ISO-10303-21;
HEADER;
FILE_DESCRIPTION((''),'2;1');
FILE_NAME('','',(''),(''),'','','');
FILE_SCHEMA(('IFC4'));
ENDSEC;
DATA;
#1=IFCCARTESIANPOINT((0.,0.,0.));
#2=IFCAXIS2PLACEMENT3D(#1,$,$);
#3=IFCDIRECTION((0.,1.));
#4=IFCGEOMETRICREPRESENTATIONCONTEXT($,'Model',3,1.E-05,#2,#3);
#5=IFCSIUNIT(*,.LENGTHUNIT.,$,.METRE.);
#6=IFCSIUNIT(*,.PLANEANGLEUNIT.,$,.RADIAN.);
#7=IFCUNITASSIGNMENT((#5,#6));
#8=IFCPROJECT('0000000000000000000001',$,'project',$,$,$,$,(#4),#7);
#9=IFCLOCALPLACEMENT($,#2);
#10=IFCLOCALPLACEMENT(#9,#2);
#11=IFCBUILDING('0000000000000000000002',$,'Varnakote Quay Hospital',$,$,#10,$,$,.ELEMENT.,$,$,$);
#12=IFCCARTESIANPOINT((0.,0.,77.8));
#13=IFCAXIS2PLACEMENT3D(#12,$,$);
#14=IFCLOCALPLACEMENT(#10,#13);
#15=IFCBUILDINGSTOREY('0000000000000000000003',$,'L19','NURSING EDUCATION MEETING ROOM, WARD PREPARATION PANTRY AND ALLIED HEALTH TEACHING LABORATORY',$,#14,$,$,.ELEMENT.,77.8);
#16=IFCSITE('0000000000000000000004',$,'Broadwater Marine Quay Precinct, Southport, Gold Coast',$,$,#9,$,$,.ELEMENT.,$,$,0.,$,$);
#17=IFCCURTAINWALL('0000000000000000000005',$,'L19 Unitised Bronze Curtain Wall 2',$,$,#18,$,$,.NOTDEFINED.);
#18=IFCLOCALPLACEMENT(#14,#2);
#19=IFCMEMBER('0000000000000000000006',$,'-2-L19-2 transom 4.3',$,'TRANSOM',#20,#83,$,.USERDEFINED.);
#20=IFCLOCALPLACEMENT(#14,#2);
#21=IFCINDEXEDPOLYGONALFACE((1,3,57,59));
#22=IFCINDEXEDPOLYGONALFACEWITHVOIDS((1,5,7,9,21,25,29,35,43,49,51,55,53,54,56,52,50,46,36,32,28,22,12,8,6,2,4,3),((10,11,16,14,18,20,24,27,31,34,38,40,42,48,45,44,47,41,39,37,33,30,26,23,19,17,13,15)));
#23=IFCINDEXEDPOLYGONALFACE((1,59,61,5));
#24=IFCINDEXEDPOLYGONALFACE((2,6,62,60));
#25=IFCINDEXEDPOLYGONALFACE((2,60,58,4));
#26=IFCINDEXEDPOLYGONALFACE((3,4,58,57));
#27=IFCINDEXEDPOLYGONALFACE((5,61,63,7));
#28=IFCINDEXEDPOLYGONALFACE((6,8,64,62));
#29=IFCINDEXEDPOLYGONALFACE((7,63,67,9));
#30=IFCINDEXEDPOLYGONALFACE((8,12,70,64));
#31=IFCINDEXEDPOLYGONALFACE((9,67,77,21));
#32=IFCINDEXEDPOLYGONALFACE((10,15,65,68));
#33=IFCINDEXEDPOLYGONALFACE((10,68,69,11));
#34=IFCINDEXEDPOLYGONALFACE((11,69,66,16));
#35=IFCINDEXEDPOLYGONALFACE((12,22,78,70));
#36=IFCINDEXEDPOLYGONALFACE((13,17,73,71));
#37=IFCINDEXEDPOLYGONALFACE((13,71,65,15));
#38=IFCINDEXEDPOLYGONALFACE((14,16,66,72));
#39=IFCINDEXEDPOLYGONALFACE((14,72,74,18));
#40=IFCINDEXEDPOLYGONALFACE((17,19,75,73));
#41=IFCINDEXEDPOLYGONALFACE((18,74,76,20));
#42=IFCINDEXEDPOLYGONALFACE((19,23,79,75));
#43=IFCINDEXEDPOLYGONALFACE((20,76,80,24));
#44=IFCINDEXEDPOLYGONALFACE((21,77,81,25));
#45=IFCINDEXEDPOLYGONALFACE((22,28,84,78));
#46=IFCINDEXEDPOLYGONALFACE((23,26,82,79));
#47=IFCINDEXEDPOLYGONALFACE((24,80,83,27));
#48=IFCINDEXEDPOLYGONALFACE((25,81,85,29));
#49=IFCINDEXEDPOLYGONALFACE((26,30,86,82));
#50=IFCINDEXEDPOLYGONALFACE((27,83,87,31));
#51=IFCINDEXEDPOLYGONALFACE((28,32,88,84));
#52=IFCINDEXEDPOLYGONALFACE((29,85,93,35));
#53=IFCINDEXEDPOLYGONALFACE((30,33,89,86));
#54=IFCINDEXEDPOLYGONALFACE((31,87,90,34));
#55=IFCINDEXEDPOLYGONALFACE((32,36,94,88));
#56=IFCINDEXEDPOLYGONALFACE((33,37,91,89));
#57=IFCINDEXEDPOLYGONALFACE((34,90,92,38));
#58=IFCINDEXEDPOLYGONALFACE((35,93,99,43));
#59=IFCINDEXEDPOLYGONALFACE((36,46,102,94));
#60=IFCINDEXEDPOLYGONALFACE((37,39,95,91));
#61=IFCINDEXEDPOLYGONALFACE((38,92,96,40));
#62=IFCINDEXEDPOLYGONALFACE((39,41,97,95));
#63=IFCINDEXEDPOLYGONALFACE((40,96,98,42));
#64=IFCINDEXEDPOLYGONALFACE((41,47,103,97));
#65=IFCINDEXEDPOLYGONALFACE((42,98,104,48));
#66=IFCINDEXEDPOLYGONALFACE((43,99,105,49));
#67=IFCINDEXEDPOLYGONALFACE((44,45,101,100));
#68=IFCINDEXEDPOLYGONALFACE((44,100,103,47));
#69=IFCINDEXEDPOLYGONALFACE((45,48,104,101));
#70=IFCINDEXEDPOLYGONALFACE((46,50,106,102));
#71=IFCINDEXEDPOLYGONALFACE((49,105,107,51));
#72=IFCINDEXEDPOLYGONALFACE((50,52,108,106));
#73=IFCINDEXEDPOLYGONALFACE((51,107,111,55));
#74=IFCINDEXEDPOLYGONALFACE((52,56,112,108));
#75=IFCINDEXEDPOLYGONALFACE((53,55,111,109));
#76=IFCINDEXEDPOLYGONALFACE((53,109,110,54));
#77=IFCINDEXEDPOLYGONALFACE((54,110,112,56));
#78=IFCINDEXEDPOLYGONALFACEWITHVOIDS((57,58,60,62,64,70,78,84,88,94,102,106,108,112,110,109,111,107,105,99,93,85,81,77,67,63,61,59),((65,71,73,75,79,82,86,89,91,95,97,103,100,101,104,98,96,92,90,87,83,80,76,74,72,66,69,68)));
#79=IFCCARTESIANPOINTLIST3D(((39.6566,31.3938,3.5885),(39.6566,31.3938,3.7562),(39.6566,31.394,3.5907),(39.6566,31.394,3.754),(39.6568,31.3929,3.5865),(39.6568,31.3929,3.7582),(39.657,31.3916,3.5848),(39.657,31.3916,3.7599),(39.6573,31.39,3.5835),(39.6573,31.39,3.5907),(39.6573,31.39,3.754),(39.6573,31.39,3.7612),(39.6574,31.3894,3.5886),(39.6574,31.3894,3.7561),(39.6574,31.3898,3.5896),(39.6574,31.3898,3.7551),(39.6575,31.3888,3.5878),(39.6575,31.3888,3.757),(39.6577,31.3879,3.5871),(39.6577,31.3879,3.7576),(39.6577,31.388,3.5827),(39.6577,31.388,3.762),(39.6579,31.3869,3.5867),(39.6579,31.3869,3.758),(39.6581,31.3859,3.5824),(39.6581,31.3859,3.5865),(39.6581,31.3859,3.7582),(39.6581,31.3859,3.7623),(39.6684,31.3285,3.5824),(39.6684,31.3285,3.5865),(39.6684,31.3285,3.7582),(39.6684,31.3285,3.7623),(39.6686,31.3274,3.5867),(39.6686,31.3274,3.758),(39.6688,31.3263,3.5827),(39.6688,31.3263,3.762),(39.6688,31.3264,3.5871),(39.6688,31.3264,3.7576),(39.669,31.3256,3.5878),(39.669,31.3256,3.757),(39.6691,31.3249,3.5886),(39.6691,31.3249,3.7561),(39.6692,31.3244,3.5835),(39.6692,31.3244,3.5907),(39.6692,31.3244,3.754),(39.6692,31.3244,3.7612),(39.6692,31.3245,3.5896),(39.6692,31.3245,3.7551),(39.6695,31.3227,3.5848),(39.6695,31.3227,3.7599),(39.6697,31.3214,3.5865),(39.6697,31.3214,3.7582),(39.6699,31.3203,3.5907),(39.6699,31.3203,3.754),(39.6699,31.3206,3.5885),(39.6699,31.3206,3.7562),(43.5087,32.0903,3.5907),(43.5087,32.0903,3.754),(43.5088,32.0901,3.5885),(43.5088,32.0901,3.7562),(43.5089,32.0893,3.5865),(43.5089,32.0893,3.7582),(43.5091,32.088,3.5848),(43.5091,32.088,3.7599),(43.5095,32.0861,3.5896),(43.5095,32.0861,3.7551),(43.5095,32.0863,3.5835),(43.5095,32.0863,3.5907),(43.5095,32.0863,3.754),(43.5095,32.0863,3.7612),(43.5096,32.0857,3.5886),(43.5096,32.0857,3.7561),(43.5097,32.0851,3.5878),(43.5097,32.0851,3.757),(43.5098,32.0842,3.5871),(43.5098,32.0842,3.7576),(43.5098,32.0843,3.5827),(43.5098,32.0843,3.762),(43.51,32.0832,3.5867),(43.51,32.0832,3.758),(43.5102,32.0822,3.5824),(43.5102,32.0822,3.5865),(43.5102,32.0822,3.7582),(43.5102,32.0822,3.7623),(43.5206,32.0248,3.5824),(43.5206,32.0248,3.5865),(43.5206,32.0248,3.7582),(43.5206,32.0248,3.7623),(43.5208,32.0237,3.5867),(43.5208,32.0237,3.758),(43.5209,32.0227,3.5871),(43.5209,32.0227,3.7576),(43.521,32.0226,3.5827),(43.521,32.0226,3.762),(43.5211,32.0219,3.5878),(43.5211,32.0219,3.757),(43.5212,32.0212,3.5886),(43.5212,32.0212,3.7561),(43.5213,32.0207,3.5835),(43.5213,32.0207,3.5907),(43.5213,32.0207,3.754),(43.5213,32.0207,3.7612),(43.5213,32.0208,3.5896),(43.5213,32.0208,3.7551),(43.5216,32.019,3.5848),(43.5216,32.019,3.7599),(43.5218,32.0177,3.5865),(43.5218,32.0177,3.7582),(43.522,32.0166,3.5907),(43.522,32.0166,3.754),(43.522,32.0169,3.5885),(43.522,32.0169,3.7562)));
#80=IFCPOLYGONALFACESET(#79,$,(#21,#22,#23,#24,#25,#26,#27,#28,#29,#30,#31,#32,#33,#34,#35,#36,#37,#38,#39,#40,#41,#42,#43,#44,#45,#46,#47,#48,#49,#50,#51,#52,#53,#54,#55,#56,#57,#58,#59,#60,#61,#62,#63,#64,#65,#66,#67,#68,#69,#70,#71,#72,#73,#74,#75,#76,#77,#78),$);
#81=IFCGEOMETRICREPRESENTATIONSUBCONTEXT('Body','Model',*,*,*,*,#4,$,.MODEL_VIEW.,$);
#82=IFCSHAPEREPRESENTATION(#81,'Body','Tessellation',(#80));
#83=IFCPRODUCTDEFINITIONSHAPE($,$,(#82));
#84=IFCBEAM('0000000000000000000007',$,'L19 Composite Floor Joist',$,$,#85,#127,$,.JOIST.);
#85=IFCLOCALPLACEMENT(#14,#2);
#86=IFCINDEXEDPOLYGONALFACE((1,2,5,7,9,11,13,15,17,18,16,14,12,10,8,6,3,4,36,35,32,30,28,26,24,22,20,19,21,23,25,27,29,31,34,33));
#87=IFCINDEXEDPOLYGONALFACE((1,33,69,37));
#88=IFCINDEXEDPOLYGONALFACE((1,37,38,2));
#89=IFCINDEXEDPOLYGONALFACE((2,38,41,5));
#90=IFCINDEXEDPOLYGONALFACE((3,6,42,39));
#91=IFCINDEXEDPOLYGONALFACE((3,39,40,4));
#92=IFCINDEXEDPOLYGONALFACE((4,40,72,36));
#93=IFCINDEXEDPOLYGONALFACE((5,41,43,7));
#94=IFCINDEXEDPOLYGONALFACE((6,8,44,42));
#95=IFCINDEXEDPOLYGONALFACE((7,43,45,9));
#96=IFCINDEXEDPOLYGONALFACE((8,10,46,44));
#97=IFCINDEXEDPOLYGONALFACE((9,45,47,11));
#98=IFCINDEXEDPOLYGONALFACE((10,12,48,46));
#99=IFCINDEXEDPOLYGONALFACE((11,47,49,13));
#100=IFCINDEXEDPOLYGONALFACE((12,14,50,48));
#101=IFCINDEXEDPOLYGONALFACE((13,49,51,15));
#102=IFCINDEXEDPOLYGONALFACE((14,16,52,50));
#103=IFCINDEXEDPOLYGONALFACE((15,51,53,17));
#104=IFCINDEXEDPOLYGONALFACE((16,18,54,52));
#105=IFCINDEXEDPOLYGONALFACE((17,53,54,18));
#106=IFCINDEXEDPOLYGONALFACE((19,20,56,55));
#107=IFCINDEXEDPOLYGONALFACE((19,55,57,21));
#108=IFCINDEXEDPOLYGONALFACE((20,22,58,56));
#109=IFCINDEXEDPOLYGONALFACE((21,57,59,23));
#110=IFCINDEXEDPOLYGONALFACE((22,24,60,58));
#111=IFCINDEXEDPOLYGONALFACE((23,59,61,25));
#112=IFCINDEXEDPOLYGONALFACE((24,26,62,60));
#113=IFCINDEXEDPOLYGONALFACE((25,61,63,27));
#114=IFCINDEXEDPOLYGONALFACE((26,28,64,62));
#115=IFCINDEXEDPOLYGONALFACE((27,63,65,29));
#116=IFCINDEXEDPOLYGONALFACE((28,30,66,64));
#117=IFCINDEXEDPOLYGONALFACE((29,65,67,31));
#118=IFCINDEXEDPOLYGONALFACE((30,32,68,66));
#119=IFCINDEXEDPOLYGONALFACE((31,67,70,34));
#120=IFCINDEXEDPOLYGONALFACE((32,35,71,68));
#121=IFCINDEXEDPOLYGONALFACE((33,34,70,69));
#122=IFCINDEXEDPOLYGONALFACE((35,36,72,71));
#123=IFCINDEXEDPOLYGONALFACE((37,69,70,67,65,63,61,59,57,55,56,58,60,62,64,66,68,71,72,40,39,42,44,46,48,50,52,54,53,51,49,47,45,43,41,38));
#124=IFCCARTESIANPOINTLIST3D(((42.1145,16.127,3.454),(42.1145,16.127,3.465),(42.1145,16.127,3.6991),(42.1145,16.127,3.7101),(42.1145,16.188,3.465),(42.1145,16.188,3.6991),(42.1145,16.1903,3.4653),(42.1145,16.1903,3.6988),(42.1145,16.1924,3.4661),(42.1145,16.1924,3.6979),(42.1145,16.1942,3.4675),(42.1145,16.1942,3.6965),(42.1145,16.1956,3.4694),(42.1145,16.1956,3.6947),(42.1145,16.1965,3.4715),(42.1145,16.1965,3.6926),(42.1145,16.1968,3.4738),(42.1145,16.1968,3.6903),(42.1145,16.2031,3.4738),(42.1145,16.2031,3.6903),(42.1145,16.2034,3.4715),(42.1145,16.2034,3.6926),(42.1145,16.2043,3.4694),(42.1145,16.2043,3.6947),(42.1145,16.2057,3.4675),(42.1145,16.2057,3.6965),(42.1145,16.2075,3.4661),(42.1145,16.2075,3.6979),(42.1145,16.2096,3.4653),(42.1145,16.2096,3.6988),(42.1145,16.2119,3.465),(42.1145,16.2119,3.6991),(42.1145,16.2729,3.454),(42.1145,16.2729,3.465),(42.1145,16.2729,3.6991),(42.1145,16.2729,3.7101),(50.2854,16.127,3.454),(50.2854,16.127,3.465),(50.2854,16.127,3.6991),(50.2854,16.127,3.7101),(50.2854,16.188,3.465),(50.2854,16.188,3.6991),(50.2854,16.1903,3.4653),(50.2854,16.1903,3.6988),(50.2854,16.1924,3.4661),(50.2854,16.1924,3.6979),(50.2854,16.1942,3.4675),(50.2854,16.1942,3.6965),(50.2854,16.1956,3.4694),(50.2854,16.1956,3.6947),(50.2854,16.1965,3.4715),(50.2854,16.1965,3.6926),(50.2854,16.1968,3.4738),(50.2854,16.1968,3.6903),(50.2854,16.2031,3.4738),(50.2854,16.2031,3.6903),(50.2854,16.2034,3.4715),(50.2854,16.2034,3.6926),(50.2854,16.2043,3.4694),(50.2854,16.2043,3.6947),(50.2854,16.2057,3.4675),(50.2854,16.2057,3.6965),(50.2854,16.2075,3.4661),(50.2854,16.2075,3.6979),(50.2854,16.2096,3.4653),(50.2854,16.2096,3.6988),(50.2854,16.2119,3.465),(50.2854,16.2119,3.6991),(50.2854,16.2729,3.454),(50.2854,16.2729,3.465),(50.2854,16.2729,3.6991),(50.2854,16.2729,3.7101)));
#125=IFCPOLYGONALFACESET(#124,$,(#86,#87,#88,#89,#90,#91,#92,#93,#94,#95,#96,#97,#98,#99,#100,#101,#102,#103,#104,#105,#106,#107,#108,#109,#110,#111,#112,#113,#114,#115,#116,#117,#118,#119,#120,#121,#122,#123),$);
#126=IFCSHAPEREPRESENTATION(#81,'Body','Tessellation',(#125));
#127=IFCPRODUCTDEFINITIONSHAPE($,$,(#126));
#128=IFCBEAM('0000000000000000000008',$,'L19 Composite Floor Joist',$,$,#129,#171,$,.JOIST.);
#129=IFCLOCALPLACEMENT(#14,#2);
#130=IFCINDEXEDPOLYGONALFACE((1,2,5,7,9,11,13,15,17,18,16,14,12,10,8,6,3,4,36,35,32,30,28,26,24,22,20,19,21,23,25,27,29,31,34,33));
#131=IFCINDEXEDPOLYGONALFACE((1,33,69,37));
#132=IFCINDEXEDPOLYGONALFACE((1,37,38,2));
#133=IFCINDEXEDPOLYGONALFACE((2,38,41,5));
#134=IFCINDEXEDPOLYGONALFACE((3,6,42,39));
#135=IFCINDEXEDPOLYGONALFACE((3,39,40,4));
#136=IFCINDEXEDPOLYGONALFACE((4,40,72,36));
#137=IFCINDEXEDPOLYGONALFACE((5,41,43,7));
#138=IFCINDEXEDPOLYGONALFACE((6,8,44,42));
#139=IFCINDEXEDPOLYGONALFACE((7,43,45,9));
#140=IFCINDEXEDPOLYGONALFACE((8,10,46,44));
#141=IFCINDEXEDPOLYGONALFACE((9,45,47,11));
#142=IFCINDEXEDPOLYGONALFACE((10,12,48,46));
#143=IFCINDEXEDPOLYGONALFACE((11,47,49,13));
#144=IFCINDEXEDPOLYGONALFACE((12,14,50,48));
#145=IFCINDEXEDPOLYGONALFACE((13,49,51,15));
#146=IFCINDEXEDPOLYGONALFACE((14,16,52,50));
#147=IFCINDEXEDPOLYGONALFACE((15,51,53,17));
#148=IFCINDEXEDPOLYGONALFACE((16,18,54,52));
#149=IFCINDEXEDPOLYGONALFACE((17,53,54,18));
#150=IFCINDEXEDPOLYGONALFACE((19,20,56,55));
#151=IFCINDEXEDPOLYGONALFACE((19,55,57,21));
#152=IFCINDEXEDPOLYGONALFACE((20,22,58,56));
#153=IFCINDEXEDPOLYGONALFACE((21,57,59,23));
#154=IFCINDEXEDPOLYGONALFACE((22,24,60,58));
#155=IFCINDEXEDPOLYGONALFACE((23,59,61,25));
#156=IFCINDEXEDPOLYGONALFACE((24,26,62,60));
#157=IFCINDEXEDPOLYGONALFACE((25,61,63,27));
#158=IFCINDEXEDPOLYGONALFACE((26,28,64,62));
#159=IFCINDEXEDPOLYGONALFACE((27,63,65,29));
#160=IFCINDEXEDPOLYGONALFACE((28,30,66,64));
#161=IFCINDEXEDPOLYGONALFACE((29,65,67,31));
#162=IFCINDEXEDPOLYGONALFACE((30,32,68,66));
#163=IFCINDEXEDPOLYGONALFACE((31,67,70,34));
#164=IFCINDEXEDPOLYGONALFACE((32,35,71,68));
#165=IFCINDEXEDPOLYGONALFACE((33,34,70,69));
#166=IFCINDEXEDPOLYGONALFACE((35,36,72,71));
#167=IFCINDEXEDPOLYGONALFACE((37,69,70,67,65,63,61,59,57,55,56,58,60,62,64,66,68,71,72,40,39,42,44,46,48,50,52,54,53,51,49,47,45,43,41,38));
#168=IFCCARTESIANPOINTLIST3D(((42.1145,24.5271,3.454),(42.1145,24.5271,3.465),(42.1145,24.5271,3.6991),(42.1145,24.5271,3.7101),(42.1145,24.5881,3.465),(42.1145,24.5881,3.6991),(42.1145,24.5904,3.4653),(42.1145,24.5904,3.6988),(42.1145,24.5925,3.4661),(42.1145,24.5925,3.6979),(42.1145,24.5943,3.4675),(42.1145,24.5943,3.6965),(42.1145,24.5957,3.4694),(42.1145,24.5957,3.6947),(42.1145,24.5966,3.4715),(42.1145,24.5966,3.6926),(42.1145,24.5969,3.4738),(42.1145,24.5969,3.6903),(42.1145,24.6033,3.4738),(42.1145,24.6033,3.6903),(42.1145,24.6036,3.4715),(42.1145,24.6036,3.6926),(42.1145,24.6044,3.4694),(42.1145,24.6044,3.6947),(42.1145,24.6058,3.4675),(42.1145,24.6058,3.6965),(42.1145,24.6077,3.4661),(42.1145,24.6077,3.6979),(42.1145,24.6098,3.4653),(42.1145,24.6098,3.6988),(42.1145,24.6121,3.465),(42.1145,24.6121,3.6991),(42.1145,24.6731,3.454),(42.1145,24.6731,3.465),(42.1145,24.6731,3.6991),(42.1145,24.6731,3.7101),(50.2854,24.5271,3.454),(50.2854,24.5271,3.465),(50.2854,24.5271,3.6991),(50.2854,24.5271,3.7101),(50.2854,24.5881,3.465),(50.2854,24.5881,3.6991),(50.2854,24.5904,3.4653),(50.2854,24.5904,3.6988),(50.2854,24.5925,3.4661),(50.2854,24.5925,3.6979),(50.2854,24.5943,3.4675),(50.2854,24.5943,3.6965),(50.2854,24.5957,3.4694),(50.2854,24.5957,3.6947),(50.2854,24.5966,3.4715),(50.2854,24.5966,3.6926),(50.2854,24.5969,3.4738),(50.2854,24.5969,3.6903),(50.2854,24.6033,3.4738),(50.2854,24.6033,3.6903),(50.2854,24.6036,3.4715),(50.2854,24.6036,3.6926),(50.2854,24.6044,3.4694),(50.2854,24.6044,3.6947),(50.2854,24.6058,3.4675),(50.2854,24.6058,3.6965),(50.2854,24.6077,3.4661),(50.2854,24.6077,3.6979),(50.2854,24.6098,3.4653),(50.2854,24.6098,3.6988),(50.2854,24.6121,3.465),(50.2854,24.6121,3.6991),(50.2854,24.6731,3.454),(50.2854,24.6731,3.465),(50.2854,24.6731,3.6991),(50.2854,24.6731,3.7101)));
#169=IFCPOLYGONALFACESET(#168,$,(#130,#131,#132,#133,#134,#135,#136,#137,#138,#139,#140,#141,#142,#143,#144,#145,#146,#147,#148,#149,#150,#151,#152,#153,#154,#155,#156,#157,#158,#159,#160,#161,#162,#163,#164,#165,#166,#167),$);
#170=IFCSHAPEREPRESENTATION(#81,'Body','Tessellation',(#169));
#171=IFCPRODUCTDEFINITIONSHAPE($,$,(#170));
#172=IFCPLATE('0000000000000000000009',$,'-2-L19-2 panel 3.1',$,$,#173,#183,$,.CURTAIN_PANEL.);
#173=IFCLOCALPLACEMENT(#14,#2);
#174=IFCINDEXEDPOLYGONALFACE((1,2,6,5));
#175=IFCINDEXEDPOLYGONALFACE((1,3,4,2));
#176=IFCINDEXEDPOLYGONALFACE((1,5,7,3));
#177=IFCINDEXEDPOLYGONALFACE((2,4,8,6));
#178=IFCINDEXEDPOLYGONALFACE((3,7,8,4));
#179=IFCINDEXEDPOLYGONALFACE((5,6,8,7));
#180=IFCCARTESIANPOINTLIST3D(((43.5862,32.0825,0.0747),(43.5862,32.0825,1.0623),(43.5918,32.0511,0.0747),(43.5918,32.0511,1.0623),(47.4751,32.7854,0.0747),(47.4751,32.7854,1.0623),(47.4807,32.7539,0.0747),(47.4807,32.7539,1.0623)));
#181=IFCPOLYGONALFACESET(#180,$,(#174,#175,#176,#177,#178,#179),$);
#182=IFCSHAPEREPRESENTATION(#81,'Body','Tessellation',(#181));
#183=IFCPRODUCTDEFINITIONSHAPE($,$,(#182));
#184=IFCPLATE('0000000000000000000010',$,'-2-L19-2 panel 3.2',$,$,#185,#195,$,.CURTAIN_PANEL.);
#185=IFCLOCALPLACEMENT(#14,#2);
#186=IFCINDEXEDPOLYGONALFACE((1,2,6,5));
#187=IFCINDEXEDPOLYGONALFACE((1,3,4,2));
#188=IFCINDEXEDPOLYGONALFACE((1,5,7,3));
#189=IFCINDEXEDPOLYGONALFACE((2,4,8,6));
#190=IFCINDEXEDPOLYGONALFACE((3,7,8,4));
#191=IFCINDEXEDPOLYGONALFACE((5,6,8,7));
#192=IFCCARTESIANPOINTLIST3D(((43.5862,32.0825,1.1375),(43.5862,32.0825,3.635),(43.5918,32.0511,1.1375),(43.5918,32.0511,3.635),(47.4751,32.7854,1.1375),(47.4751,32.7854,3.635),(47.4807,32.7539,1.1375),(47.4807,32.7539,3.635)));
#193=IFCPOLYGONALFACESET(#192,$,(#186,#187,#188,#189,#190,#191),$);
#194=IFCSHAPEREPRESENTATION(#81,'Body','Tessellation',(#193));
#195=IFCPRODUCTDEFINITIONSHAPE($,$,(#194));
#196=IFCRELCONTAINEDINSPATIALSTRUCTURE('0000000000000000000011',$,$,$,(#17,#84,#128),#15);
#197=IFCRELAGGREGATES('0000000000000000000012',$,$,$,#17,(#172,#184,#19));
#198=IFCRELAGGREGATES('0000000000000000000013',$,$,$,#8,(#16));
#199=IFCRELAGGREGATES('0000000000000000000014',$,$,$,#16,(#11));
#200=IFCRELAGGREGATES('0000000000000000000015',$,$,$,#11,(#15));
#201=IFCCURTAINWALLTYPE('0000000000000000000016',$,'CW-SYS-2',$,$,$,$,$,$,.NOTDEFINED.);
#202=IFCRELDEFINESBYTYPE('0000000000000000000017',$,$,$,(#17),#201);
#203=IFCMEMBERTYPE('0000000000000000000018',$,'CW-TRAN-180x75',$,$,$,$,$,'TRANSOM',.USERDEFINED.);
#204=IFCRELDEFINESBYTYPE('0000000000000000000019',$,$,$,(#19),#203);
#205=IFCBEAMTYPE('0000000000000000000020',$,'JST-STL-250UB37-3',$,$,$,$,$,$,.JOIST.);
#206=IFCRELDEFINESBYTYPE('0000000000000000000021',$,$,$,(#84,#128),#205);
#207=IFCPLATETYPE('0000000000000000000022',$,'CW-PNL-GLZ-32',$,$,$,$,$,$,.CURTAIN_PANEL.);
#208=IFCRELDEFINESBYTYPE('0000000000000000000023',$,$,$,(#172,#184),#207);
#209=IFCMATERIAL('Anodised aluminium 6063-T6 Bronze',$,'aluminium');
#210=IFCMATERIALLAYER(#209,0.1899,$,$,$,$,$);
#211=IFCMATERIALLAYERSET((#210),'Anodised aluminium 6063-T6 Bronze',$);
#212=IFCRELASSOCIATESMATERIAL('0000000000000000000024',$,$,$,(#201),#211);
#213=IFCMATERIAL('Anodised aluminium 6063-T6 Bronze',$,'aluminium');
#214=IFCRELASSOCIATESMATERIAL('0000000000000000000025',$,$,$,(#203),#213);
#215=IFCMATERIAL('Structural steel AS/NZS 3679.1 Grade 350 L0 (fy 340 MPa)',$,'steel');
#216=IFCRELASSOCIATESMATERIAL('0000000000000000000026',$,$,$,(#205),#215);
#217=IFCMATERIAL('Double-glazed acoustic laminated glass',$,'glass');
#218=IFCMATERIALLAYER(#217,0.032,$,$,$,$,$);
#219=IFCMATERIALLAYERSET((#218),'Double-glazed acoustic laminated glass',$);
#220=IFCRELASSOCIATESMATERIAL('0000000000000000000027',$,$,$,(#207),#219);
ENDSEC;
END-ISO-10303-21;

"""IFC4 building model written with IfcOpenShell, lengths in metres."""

from ifc_helpers import new_model, si_unit, direction, frame, origin, origin_2d, place, context, subcontext, project, spatial, rectangle, hollow_rectangle, i_section, extrude, material, layer, layer_set, material_profile, profile_set, type_object, element, aggregate, save


model = new_model("IFC4")

# Units and contexts
model_context = context("Model", 3, precision=1e-05, world=origin(), true_north=direction((0.0, 1.0)))
body_context = subcontext(model_context, "Body", "Model", "MODEL_VIEW")
ifc_project = project(units=[si_unit("LENGTHUNIT", "METRE"), si_unit("PLANEANGLEUNIT", "RADIAN")], contexts=[model_context])

# Site, building, storey
site_placement = place(None, origin())
site = spatial("IfcSite", under=ifc_project, at=site_placement, Name="Broadwater Marine Quay Precinct, Southport, Gold Coast", CompositionType="ELEMENT", RefElevation=0.0)
building_placement = place(site_placement, origin())
building = spatial("IfcBuilding", under=site, at=building_placement, Name="Varnakote Quay Hospital", CompositionType="ELEMENT")
storey_placement = place(building_placement, frame((0.0, 0.0, 77.8)))
storey = spatial("IfcBuildingStorey", under=building, at=storey_placement, Name="L19", Description="NURSING EDUCATION MEETING ROOM, WARD PREPARATION PANTRY AND ALLIED HEALTH TEACHING LABORATORY", CompositionType="ELEMENT", Elevation=77.8)

# Curtain wall, member
ifc_material_1 = material(Name="Anodised aluminium 6063-T6 Bronze", Category="aluminium")
ifc_layer_1 = layer(ifc_material_1, 0.1899)
ifc_layer_set_1 = layer_set([ifc_layer_1], Name="Anodised aluminium 6063-T6 Bronze")
curtain_wall_type = type_object("IfcCurtainWallType", Name="CW-SYS-2", PredefinedType="NOTDEFINED", material=ifc_layer_set_1)
curtain_wall_placement = place(storey_placement, origin())
curtain_wall = element("IfcCurtainWall", 1, at=curtain_wall_placement, inside=storey, type_object=curtain_wall_type, Name="L19 Unitised Bronze Curtain Wall 2", PredefinedType="NOTDEFINED")
ifc_material_2 = material(Name="Anodised aluminium 6063-T6 Bronze", Category="aluminium")
ifc_material_profile_1 = material_profile(ifc_material_2, hollow_rectangle(XDim=0.075, YDim=0.1799, WallThickness=0.0042, InnerFilletRadius=0.0042, OuterFilletRadius=0.0083, at=origin_2d()), Name="CW-TRAN-180x75")
ifc_profile_set_1 = profile_set([ifc_material_profile_1], Name="Anodised aluminium 6063-T6 Bronze")
member_type_1 = type_object("IfcMemberType", Name="CW-TRAN-180x75", ElementType="TRANSOM", PredefinedType="USERDEFINED", material=ifc_profile_set_1)
member_1_placement = place(storey_placement, frame((43.5154, 32.0535, 3.6724), z_axis=(-0.984053, -0.177875, 0.0), x_axis=(0.177875, -0.984053, 0.0)))
member_1 = element("IfcMember", 2, at=member_1_placement, type_object=member_type_1, Name="-2-L19-2 transom 4.3", ObjectType="TRANSOM", PredefinedType="USERDEFINED", context=body_context, shape_type="SweptSolid", body=[
    extrude(hollow_rectangle(XDim=0.075, YDim=0.1799, WallThickness=0.0042, InnerFilletRadius=0.0042, OuterFilletRadius=0.0083, at=origin_2d()), origin(), (0.0, 0.0, 1.0), 3.9146),
])

# Beams
ifc_material_3 = material(Name="Structural steel AS/NZS 3679.1 Grade 350 L0 (fy 340 MPa)", Category="steel")
ifc_material_profile_2 = material_profile(ifc_material_3, i_section(OverallWidth=0.146, OverallDepth=0.2561, WebThickness=0.0063, FlangeThickness=0.011, FilletRadius=0.0088, at=origin_2d()), Name="250UB37.3")
ifc_profile_set_2 = profile_set([ifc_material_profile_2], Name="Structural steel AS/NZS 3679.1 Grade 350 L0 (fy 340 MPa)")
beam_type_1 = type_object("IfcBeamType", Name="JST-STL-250UB37-3", PredefinedType="JOIST", material=ifc_profile_set_2)
for number, where, z_axis, x_axis, name in (
    (3, (42.1145, 16.2, 3.582), (1.0, 0.0, 0.0), (0.0, 1.0, 0.0), "L19 Composite Floor Joist"),
    (4, (42.1145, 24.6001, 3.582), (1.0, 0.0, 0.0), (0.0, 1.0, 0.0), "L19 Composite Floor Joist"),
):
    element("IfcBeam", number, at=place(storey_placement, frame(where, z_axis=z_axis, x_axis=x_axis)), inside=storey, type_object=beam_type_1, Name=name, PredefinedType="JOIST", context=body_context, shape_type="SweptSolid", body=[
        extrude(i_section(OverallWidth=0.146, OverallDepth=0.2561, WebThickness=0.0063, FlangeThickness=0.011, FilletRadius=0.0088, at=origin_2d()), origin(), (0.0, 0.0, 1.0), 8.1709),
    ])

# Plates
ifc_material_4 = material(Name="Double-glazed acoustic laminated glass", Category="glass")
ifc_layer_2 = layer(ifc_material_4, 0.032)
ifc_layer_set_2 = layer_set([ifc_layer_2], Name="Double-glazed acoustic laminated glass")
plate_type = type_object("IfcPlateType", Name="CW-PNL-GLZ-32", PredefinedType="CURTAIN_PANEL", material=ifc_layer_set_2)
plate_1_placement = place(storey_placement, frame((45.5334, 32.4182, 0.0747), z_axis=(0.0, 0.0, 1.0), x_axis=(-0.984058, -0.177846, 0.0)))
plate_1 = element("IfcPlate", 5, at=plate_1_placement, type_object=plate_type, Name="-2-L19-2 panel 3.1", PredefinedType="CURTAIN_PANEL", context=body_context, shape_type="SweptSolid", body=[
    extrude(rectangle(XDim=3.9519, YDim=0.032, at=origin_2d()), origin(), (0.0, 0.0, 1.0), 0.9875),
])
plate_2_placement = place(storey_placement, frame((45.5334, 32.4182, 1.1375), z_axis=(0.0, 0.0, 1.0), x_axis=(-0.984058, -0.177846, 0.0)))
plate_2 = element("IfcPlate", 6, at=plate_2_placement, type_object=plate_type, Name="-2-L19-2 panel 3.2", PredefinedType="CURTAIN_PANEL", context=body_context, shape_type="SweptSolid", body=[
    extrude(rectangle(XDim=3.9519, YDim=0.032, at=origin_2d()), origin(), (0.0, 0.0, 1.0), 2.4976),
])
aggregate(curtain_wall, [plate_1, plate_2, member_1])

save(model, "model.ifc")
